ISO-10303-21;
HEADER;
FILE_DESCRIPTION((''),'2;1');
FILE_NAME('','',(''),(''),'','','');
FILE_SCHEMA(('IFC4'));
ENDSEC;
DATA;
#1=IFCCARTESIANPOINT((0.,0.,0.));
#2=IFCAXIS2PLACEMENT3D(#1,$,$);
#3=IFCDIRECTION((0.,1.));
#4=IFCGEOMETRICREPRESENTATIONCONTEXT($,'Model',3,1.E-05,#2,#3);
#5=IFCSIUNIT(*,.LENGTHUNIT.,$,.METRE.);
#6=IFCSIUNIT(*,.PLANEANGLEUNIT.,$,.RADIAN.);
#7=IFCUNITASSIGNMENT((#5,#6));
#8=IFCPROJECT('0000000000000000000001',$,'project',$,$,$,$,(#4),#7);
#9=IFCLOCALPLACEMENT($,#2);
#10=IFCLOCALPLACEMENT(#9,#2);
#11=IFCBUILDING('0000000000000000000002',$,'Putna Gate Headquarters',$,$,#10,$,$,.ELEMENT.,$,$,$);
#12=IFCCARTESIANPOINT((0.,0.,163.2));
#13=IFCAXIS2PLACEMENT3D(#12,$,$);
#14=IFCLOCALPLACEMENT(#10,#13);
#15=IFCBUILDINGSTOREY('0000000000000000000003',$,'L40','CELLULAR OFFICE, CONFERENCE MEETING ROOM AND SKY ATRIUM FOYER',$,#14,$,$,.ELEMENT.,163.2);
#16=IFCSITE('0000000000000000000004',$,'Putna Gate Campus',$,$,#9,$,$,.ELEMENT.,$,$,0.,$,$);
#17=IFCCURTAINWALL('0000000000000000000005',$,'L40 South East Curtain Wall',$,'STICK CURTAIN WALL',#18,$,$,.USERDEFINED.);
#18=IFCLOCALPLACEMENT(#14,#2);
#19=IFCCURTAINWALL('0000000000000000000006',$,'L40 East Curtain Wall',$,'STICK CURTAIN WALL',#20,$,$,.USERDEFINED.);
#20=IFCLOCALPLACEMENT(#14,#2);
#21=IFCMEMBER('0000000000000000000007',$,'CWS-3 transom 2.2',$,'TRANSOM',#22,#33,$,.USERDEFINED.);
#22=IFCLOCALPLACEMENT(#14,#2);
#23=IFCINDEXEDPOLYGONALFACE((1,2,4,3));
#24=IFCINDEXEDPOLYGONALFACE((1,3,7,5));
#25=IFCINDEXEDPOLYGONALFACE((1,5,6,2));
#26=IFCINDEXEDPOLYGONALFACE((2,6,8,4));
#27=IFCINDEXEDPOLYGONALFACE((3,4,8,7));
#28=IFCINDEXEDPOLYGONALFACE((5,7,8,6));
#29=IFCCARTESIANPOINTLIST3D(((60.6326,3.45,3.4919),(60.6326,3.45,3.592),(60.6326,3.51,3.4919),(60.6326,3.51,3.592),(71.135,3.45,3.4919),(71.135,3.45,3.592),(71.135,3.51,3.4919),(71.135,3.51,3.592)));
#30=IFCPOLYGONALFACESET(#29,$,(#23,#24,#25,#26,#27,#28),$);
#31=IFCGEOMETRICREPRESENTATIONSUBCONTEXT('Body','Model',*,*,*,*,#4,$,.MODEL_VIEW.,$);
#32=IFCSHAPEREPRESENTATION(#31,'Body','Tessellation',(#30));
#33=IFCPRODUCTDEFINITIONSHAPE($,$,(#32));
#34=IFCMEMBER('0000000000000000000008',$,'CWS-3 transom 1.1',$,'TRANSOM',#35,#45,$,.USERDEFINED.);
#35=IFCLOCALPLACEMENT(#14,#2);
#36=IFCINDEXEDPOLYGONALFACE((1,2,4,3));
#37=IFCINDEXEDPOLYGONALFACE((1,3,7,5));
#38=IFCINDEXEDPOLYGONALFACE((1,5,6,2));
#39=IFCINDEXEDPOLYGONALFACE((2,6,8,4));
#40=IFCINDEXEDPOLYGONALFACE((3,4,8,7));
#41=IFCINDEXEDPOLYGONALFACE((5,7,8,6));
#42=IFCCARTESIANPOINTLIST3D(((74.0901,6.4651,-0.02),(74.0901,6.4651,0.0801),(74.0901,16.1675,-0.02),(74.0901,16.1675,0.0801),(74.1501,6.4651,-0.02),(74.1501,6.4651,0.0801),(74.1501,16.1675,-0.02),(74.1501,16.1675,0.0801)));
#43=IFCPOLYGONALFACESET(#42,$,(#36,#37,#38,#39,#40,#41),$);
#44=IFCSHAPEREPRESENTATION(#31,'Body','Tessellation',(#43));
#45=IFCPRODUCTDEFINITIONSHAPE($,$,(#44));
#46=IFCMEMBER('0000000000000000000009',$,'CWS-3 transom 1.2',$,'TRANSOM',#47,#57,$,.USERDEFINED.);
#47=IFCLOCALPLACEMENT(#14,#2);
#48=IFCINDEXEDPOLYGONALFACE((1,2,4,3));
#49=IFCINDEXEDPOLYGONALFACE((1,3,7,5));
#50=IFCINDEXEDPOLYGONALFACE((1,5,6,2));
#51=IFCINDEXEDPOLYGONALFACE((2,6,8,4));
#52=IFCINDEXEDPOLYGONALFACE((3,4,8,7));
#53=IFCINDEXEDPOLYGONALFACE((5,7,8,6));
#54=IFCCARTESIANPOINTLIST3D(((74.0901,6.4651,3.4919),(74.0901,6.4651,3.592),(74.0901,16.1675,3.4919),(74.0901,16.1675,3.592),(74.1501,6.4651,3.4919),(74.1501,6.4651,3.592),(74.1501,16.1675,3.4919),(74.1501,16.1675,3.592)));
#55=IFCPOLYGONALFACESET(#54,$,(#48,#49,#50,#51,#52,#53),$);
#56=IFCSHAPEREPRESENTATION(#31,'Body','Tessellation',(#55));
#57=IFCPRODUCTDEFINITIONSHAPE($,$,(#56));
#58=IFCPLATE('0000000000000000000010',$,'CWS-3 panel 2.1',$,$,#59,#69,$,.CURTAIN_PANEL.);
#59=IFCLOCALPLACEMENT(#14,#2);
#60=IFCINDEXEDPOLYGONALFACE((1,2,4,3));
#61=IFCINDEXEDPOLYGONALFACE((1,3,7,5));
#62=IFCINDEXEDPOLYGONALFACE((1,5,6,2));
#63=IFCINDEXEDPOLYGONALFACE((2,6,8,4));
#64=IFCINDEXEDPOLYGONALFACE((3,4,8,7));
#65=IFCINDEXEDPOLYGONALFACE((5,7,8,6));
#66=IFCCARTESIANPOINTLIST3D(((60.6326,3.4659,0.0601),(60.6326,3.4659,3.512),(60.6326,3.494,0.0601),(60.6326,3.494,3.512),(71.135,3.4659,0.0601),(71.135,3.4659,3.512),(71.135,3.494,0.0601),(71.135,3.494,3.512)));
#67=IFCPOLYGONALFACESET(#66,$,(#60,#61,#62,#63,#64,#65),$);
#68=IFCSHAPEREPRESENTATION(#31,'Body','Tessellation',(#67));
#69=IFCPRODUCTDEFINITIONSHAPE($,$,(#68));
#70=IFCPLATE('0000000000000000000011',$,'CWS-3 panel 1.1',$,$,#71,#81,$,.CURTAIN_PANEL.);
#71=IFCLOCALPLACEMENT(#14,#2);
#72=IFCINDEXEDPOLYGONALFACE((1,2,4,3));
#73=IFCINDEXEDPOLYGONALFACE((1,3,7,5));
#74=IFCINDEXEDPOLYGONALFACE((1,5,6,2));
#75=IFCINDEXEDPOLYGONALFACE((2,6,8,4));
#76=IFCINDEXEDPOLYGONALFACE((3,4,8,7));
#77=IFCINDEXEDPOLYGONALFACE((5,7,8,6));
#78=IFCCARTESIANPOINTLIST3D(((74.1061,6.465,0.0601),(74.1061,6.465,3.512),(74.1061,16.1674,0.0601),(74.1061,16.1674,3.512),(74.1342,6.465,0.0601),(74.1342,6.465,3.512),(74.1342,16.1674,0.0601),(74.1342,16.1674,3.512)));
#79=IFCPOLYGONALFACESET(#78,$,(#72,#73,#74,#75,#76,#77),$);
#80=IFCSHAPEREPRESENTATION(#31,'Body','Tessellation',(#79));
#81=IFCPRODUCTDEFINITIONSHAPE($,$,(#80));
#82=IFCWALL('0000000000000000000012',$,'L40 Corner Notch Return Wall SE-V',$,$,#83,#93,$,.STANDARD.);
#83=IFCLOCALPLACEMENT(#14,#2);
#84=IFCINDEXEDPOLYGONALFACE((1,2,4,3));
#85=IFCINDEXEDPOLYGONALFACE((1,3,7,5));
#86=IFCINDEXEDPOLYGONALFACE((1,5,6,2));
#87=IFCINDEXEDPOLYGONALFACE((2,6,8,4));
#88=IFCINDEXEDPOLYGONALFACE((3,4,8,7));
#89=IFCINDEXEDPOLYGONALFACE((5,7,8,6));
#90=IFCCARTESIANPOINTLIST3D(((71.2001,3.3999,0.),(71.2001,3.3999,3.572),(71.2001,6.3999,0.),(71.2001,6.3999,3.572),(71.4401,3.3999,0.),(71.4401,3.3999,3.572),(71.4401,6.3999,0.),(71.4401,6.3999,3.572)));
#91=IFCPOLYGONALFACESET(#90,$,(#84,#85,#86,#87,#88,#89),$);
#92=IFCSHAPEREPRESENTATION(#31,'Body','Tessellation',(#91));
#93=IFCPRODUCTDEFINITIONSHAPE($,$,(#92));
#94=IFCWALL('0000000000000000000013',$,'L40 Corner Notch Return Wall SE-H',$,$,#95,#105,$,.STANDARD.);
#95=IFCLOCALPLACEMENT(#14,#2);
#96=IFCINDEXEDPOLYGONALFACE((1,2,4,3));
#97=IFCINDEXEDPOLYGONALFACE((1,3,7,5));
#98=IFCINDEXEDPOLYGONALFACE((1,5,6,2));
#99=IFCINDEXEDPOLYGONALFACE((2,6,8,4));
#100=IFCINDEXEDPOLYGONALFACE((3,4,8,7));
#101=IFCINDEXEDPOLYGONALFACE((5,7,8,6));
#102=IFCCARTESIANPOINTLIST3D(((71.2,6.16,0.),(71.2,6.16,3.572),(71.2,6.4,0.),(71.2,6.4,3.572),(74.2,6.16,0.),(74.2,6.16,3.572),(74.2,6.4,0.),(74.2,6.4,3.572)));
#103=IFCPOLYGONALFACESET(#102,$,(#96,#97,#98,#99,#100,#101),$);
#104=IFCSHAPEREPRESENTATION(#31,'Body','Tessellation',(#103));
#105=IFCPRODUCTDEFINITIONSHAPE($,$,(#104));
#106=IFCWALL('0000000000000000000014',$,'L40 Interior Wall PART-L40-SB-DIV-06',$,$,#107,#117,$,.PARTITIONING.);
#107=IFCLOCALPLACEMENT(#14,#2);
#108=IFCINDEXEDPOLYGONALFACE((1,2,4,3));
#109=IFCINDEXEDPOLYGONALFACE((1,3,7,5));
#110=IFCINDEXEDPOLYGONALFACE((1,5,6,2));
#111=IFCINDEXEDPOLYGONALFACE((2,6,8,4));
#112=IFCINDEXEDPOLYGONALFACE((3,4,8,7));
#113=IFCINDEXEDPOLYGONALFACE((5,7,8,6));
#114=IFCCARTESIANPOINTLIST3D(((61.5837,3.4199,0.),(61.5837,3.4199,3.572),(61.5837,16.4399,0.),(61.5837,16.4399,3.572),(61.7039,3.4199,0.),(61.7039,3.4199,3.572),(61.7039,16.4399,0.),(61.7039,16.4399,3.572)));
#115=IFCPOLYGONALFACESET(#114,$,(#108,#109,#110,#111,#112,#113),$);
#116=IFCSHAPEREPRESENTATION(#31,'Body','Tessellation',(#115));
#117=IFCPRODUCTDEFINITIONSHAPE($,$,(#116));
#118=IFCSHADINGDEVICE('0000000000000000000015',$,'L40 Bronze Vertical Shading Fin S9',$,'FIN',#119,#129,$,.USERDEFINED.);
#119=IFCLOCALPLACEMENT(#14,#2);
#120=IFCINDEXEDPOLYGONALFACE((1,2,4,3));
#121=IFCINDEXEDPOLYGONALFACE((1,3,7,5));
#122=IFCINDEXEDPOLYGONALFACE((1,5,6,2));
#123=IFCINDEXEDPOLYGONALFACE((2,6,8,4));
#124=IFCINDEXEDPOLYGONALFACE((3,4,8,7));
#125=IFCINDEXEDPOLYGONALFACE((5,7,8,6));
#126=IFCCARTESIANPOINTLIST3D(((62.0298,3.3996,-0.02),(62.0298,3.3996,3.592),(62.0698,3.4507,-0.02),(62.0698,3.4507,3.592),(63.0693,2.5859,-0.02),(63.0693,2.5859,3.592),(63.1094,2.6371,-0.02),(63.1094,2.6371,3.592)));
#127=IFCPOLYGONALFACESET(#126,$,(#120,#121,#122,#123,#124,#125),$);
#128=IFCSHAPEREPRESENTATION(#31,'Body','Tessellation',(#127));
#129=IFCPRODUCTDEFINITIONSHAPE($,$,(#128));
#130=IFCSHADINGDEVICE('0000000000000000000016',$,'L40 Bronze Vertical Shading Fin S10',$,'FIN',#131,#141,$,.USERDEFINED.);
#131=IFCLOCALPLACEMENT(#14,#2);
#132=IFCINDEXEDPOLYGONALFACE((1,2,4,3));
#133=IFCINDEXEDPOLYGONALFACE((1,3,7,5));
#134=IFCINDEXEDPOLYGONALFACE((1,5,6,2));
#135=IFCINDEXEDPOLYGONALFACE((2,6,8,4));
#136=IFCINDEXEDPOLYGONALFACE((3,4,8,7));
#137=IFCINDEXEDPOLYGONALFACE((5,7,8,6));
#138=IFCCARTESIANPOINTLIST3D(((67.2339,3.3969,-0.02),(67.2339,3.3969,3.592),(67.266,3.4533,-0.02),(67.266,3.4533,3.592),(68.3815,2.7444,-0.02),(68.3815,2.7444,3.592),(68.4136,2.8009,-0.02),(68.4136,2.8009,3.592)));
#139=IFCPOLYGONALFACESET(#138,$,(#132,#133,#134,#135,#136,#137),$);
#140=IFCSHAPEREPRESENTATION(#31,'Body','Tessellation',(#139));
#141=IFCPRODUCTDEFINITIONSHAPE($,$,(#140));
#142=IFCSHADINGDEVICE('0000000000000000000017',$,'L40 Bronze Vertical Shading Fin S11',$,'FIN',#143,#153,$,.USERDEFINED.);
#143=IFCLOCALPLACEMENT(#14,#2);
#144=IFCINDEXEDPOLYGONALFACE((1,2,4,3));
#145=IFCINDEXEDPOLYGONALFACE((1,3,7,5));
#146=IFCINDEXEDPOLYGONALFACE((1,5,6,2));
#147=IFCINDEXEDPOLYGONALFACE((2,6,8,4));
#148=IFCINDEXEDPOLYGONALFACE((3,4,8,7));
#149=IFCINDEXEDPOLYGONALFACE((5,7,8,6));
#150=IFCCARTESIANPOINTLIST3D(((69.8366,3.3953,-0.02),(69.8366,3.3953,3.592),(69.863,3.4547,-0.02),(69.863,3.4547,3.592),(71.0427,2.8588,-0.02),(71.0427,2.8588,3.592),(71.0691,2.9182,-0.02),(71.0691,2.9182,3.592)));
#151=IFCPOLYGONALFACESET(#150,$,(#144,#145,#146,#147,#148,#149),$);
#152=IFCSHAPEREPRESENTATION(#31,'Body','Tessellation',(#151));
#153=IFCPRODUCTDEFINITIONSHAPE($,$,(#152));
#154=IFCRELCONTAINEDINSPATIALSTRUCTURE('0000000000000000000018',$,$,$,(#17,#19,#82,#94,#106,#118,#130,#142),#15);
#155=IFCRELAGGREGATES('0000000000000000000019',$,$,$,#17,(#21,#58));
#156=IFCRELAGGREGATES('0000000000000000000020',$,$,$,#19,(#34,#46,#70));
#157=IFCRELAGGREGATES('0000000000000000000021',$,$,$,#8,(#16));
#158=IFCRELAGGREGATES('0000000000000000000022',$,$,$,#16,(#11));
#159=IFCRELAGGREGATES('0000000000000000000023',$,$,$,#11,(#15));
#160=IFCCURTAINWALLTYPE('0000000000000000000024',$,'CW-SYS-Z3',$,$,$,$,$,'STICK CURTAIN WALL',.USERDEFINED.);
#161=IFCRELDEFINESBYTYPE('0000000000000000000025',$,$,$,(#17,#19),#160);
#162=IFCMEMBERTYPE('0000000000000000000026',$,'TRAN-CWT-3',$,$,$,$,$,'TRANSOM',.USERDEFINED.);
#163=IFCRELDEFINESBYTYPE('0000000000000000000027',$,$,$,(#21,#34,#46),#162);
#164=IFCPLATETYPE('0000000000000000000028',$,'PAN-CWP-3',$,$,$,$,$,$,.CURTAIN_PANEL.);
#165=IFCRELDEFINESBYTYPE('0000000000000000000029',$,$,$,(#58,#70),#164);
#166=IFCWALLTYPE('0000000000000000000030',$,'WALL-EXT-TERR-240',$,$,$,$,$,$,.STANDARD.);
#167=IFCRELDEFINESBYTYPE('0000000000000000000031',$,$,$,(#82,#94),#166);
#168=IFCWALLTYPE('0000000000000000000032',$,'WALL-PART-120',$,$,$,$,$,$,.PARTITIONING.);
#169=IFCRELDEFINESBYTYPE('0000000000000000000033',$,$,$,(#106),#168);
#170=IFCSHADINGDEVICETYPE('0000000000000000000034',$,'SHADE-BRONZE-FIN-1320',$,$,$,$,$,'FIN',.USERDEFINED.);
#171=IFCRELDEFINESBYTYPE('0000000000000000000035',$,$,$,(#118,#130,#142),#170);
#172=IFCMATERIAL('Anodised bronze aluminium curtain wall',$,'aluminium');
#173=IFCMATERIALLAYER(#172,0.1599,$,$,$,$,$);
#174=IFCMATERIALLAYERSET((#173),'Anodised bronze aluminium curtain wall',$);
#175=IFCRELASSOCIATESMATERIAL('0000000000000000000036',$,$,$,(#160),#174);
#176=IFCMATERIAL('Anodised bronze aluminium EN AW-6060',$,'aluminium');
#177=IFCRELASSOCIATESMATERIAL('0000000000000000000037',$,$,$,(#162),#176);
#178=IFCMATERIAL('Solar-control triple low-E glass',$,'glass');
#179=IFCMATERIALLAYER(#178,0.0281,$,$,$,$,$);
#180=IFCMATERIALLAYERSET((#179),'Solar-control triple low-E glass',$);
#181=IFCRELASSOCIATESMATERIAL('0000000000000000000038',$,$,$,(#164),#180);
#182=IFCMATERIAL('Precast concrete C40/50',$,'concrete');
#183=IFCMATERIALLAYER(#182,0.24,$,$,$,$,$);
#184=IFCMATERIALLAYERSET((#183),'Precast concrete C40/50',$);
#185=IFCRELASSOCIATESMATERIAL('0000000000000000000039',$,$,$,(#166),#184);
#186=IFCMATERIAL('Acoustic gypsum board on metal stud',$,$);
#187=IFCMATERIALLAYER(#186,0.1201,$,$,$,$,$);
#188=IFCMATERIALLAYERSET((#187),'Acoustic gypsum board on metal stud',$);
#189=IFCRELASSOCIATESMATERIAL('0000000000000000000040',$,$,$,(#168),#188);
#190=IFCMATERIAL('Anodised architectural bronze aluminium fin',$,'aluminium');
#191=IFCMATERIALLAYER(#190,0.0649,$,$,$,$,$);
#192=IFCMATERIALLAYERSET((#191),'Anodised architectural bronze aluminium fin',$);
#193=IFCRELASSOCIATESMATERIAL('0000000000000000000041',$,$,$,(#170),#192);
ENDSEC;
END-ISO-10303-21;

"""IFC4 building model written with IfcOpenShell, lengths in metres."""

from ifc_helpers import new_model, si_unit, direction, frame, frame_2d, origin, origin_2d, place, context, subcontext, project, spatial, rectangle, extrude, material, layer, layer_set, material_profile, profile_set, type_object, element, aggregate, save


model = new_model("IFC4")

# Units and contexts
model_context = context("Model", 3, precision=1e-05, world=origin(), true_north=direction((0.0, 1.0)))
body_context = subcontext(model_context, "Body", "Model", "MODEL_VIEW")
ifc_project = project(units=[si_unit("LENGTHUNIT", "METRE"), si_unit("PLANEANGLEUNIT", "RADIAN")], contexts=[model_context])

# Site, building, storey
site_placement = place(None, origin())
site = spatial("IfcSite", under=ifc_project, at=site_placement, Name="Putna Gate Campus", CompositionType="ELEMENT", RefElevation=0.0)
building_placement = place(site_placement, origin())
building = spatial("IfcBuilding", under=site, at=building_placement, Name="Putna Gate Headquarters", CompositionType="ELEMENT")
storey_placement = place(building_placement, frame((0.0, 0.0, 163.2)))
storey = spatial("IfcBuildingStorey", under=building, at=storey_placement, Name="L40", Description="CELLULAR OFFICE, CONFERENCE MEETING ROOM AND SKY ATRIUM FOYER", CompositionType="ELEMENT", Elevation=163.2)

# Curtain wall
ifc_material_1 = material(Name="Anodised bronze aluminium curtain wall", Category="aluminium")
ifc_layer_1 = layer(ifc_material_1, 0.1599)
ifc_layer_set_1 = layer_set([ifc_layer_1], Name="Anodised bronze aluminium curtain wall")
curtain_wall_type = type_object("IfcCurtainWallType", Name="CW-SYS-Z3", ElementType="STICK CURTAIN WALL", PredefinedType="USERDEFINED", material=ifc_layer_set_1)
curtain_wall_1_placement = place(storey_placement, origin())
curtain_wall_1 = element("IfcCurtainWall", 1, at=curtain_wall_1_placement, inside=storey, type_object=curtain_wall_type, Name="L40 South East Curtain Wall", ObjectType="STICK CURTAIN WALL", PredefinedType="USERDEFINED")
ifc_material_2 = material(Name="Anodised bronze aluminium EN AW-6060", Category="aluminium")

# Curtain wall
curtain_wall_2_placement = place(storey_placement, origin())
curtain_wall_2 = element("IfcCurtainWall", 2, at=curtain_wall_2_placement, inside=storey, type_object=curtain_wall_type, Name="L40 East Curtain Wall", ObjectType="STICK CURTAIN WALL", PredefinedType="USERDEFINED")

# Members
ifc_material_profile_1 = material_profile(ifc_material_2, rectangle(XDim=0.0601, YDim=0.1001, at=origin_2d()), Name="Anodised bronze aluminium EN AW-6060")
ifc_profile_set_1 = profile_set([ifc_material_profile_1], Name="Anodised bronze aluminium EN AW-6060")
member_type_1 = type_object("IfcMemberType", Name="TRAN-CWT-3", ElementType="TRANSOM", PredefinedType="USERDEFINED", material=ifc_profile_set_1)
member_1_placement = place(storey_placement, frame((60.6326, 3.48, 3.542), z_axis=(1.0, 0.0, 0.0), x_axis=(0.0, 1.0, 0.0)))
member_1 = element("IfcMember", 3, at=member_1_placement, type_object=member_type_1, Name="CWS-3 transom 2.2", ObjectType="TRANSOM", PredefinedType="USERDEFINED", context=body_context, shape_type="SweptSolid", body=[
    extrude(rectangle(XDim=0.0601, YDim=0.1001, at=origin_2d()), origin(), (0.0, 0.0, 1.0), 10.5024),
])
member_2_placement = place(storey_placement, frame((74.1201, 6.4651, 0.03), z_axis=(0.0, 1.0, 0.0), x_axis=(-1.0, 0.0, 0.0)))
member_2 = element("IfcMember", 4, at=member_2_placement, type_object=member_type_1, Name="CWS-3 transom 1.1", ObjectType="TRANSOM", PredefinedType="USERDEFINED", context=body_context, shape_type="SweptSolid", body=[
    extrude(rectangle(XDim=0.0601, YDim=0.1001, at=origin_2d()), origin(), (0.0, 0.0, 1.0), 9.7024),
])
member_3_placement = place(storey_placement, frame((74.1201, 6.4651, 3.542), z_axis=(0.0, 1.0, 0.0), x_axis=(-1.0, 0.0, 0.0)))
member_3 = element("IfcMember", 5, at=member_3_placement, type_object=member_type_1, Name="CWS-3 transom 1.2", ObjectType="TRANSOM", PredefinedType="USERDEFINED", context=body_context, shape_type="SweptSolid", body=[
    extrude(rectangle(XDim=0.0601, YDim=0.1001, at=origin_2d()), origin(), (0.0, 0.0, 1.0), 9.7024),
])

# Plates
ifc_material_3 = material(Name="Solar-control triple low-E glass", Category="glass")
ifc_layer_2 = layer(ifc_material_3, 0.0281)
ifc_layer_set_2 = layer_set([ifc_layer_2], Name="Solar-control triple low-E glass")
plate_type = type_object("IfcPlateType", Name="PAN-CWP-3", PredefinedType="CURTAIN_PANEL", material=ifc_layer_set_2)
plate_1_placement = place(storey_placement, frame((65.8838, 3.48, 0.0601), z_axis=(0.0, 0.0, 1.0), x_axis=(1.0, 0.0, 0.0)))
plate_1 = element("IfcPlate", 6, at=plate_1_placement, type_object=plate_type, Name="CWS-3 panel 2.1", PredefinedType="CURTAIN_PANEL", context=body_context, shape_type="SweptSolid", body=[
    extrude(rectangle(XDim=10.5024, YDim=0.0281, at=origin_2d()), origin(), (0.0, 0.0, 1.0), 3.4519),
])
aggregate(curtain_wall_1, [member_1, plate_1])
plate_2_placement = place(storey_placement, frame((74.1201, 11.3162, 0.0601), z_axis=(0.0, 0.0, 1.0), x_axis=(0.0, 1.0, 0.0)))
plate_2 = element("IfcPlate", 7, at=plate_2_placement, type_object=plate_type, Name="CWS-3 panel 1.1", PredefinedType="CURTAIN_PANEL", context=body_context, shape_type="SweptSolid", body=[
    extrude(rectangle(XDim=9.7024, YDim=0.0281, at=origin_2d()), origin(), (0.0, 0.0, 1.0), 3.4519),
])
aggregate(curtain_wall_2, [member_2, member_3, plate_2])

# Walls
ifc_material_4 = material(Name="Precast concrete C40/50", Category="concrete")
ifc_layer_3 = layer(ifc_material_4, 0.24)
ifc_layer_set_3 = layer_set([ifc_layer_3], Name="Precast concrete C40/50")
wall_type_1 = type_object("IfcWallType", Name="WALL-EXT-TERR-240", PredefinedType="STANDARD", material=ifc_layer_set_3)
for number, where, z_axis, x_axis, name in (
    (8, (71.3201, 6.3999, 0.0), (0.0, 0.0, 1.0), (0.0, -1.0, 0.0), "L40 Corner Notch Return Wall SE-V"),
    (9, (74.2, 6.28, 0.0), (0.0, 0.0, 1.0), (-1.0, 0.0, 0.0), "L40 Corner Notch Return Wall SE-H"),
):
    element("IfcWall", number, at=place(storey_placement, frame(where, z_axis=z_axis, x_axis=x_axis)), inside=storey, type_object=wall_type_1, Name=name, PredefinedType="STANDARD", context=body_context, shape_type="SweptSolid", body=[
        extrude(rectangle(XDim=3.0, YDim=0.24, at=frame_2d((1.5, 0.0))), origin(), (0.0, 0.0, 1.0), 3.572),
    ])
ifc_material_5 = material(Name="Acoustic gypsum board on metal stud")
ifc_layer_4 = layer(ifc_material_5, 0.1201)
ifc_layer_set_4 = layer_set([ifc_layer_4], Name="Acoustic gypsum board on metal stud")
wall_type_2 = type_object("IfcWallType", Name="WALL-PART-120", PredefinedType="PARTITIONING", material=ifc_layer_set_4)
wall_placement = place(storey_placement, frame((61.6438, 3.4199, 0.0), z_axis=(0.0, 0.0, 1.0), x_axis=(0.0, 1.0, 0.0)))
element("IfcWall", 10, at=wall_placement, inside=storey, type_object=wall_type_2, Name="L40 Interior Wall PART-L40-SB-DIV-06", PredefinedType="PARTITIONING", context=body_context, shape_type="SweptSolid", body=[
    extrude(rectangle(XDim=13.02, YDim=0.1201, at=frame_2d((6.51, 0.0))), origin(), (0.0, 0.0, 1.0), 3.572),
])

# Shading devices
ifc_material_6 = material(Name="Anodised architectural bronze aluminium fin", Category="aluminium")
ifc_layer_5 = layer(ifc_material_6, 0.0649)
ifc_layer_set_5 = layer_set([ifc_layer_5], Name="Anodised architectural bronze aluminium fin")
shading_device_type = type_object("IfcShadingDeviceType", Name="SHADE-BRONZE-FIN-1320", ElementType="FIN", PredefinedType="USERDEFINED", material=ifc_layer_set_5)
for number, where, z_axis, x_axis, name in (
    (11, (62.5696, 3.0183, -0.02), (0.0, 0.0, 1.0), (0.787473, -0.616349, 0.0), "L40 Bronze Vertical Shading Fin S9"),
    (12, (67.8237, 3.0989, -0.02), (0.0, 0.0, 1.0), (0.869322, -0.494245, 0.0), "L40 Bronze Vertical Shading Fin S10"),
    (13, (70.4529, 3.1567, -0.02), (0.0, 0.0, 1.0), (0.913687, -0.406418, 0.0), "L40 Bronze Vertical Shading Fin S11"),
):
    element("IfcShadingDevice", number, at=place(storey_placement, frame(where, z_axis=z_axis, x_axis=x_axis)), inside=storey, type_object=shading_device_type, Name=name, ObjectType="FIN", PredefinedType="USERDEFINED", context=body_context, shape_type="SweptSolid", body=[
        extrude(rectangle(XDim=1.3201, YDim=0.0649, at=origin_2d()), origin(), (0.0, 0.0, 1.0), 3.6121),
    ])

save(model, "model.ifc")
